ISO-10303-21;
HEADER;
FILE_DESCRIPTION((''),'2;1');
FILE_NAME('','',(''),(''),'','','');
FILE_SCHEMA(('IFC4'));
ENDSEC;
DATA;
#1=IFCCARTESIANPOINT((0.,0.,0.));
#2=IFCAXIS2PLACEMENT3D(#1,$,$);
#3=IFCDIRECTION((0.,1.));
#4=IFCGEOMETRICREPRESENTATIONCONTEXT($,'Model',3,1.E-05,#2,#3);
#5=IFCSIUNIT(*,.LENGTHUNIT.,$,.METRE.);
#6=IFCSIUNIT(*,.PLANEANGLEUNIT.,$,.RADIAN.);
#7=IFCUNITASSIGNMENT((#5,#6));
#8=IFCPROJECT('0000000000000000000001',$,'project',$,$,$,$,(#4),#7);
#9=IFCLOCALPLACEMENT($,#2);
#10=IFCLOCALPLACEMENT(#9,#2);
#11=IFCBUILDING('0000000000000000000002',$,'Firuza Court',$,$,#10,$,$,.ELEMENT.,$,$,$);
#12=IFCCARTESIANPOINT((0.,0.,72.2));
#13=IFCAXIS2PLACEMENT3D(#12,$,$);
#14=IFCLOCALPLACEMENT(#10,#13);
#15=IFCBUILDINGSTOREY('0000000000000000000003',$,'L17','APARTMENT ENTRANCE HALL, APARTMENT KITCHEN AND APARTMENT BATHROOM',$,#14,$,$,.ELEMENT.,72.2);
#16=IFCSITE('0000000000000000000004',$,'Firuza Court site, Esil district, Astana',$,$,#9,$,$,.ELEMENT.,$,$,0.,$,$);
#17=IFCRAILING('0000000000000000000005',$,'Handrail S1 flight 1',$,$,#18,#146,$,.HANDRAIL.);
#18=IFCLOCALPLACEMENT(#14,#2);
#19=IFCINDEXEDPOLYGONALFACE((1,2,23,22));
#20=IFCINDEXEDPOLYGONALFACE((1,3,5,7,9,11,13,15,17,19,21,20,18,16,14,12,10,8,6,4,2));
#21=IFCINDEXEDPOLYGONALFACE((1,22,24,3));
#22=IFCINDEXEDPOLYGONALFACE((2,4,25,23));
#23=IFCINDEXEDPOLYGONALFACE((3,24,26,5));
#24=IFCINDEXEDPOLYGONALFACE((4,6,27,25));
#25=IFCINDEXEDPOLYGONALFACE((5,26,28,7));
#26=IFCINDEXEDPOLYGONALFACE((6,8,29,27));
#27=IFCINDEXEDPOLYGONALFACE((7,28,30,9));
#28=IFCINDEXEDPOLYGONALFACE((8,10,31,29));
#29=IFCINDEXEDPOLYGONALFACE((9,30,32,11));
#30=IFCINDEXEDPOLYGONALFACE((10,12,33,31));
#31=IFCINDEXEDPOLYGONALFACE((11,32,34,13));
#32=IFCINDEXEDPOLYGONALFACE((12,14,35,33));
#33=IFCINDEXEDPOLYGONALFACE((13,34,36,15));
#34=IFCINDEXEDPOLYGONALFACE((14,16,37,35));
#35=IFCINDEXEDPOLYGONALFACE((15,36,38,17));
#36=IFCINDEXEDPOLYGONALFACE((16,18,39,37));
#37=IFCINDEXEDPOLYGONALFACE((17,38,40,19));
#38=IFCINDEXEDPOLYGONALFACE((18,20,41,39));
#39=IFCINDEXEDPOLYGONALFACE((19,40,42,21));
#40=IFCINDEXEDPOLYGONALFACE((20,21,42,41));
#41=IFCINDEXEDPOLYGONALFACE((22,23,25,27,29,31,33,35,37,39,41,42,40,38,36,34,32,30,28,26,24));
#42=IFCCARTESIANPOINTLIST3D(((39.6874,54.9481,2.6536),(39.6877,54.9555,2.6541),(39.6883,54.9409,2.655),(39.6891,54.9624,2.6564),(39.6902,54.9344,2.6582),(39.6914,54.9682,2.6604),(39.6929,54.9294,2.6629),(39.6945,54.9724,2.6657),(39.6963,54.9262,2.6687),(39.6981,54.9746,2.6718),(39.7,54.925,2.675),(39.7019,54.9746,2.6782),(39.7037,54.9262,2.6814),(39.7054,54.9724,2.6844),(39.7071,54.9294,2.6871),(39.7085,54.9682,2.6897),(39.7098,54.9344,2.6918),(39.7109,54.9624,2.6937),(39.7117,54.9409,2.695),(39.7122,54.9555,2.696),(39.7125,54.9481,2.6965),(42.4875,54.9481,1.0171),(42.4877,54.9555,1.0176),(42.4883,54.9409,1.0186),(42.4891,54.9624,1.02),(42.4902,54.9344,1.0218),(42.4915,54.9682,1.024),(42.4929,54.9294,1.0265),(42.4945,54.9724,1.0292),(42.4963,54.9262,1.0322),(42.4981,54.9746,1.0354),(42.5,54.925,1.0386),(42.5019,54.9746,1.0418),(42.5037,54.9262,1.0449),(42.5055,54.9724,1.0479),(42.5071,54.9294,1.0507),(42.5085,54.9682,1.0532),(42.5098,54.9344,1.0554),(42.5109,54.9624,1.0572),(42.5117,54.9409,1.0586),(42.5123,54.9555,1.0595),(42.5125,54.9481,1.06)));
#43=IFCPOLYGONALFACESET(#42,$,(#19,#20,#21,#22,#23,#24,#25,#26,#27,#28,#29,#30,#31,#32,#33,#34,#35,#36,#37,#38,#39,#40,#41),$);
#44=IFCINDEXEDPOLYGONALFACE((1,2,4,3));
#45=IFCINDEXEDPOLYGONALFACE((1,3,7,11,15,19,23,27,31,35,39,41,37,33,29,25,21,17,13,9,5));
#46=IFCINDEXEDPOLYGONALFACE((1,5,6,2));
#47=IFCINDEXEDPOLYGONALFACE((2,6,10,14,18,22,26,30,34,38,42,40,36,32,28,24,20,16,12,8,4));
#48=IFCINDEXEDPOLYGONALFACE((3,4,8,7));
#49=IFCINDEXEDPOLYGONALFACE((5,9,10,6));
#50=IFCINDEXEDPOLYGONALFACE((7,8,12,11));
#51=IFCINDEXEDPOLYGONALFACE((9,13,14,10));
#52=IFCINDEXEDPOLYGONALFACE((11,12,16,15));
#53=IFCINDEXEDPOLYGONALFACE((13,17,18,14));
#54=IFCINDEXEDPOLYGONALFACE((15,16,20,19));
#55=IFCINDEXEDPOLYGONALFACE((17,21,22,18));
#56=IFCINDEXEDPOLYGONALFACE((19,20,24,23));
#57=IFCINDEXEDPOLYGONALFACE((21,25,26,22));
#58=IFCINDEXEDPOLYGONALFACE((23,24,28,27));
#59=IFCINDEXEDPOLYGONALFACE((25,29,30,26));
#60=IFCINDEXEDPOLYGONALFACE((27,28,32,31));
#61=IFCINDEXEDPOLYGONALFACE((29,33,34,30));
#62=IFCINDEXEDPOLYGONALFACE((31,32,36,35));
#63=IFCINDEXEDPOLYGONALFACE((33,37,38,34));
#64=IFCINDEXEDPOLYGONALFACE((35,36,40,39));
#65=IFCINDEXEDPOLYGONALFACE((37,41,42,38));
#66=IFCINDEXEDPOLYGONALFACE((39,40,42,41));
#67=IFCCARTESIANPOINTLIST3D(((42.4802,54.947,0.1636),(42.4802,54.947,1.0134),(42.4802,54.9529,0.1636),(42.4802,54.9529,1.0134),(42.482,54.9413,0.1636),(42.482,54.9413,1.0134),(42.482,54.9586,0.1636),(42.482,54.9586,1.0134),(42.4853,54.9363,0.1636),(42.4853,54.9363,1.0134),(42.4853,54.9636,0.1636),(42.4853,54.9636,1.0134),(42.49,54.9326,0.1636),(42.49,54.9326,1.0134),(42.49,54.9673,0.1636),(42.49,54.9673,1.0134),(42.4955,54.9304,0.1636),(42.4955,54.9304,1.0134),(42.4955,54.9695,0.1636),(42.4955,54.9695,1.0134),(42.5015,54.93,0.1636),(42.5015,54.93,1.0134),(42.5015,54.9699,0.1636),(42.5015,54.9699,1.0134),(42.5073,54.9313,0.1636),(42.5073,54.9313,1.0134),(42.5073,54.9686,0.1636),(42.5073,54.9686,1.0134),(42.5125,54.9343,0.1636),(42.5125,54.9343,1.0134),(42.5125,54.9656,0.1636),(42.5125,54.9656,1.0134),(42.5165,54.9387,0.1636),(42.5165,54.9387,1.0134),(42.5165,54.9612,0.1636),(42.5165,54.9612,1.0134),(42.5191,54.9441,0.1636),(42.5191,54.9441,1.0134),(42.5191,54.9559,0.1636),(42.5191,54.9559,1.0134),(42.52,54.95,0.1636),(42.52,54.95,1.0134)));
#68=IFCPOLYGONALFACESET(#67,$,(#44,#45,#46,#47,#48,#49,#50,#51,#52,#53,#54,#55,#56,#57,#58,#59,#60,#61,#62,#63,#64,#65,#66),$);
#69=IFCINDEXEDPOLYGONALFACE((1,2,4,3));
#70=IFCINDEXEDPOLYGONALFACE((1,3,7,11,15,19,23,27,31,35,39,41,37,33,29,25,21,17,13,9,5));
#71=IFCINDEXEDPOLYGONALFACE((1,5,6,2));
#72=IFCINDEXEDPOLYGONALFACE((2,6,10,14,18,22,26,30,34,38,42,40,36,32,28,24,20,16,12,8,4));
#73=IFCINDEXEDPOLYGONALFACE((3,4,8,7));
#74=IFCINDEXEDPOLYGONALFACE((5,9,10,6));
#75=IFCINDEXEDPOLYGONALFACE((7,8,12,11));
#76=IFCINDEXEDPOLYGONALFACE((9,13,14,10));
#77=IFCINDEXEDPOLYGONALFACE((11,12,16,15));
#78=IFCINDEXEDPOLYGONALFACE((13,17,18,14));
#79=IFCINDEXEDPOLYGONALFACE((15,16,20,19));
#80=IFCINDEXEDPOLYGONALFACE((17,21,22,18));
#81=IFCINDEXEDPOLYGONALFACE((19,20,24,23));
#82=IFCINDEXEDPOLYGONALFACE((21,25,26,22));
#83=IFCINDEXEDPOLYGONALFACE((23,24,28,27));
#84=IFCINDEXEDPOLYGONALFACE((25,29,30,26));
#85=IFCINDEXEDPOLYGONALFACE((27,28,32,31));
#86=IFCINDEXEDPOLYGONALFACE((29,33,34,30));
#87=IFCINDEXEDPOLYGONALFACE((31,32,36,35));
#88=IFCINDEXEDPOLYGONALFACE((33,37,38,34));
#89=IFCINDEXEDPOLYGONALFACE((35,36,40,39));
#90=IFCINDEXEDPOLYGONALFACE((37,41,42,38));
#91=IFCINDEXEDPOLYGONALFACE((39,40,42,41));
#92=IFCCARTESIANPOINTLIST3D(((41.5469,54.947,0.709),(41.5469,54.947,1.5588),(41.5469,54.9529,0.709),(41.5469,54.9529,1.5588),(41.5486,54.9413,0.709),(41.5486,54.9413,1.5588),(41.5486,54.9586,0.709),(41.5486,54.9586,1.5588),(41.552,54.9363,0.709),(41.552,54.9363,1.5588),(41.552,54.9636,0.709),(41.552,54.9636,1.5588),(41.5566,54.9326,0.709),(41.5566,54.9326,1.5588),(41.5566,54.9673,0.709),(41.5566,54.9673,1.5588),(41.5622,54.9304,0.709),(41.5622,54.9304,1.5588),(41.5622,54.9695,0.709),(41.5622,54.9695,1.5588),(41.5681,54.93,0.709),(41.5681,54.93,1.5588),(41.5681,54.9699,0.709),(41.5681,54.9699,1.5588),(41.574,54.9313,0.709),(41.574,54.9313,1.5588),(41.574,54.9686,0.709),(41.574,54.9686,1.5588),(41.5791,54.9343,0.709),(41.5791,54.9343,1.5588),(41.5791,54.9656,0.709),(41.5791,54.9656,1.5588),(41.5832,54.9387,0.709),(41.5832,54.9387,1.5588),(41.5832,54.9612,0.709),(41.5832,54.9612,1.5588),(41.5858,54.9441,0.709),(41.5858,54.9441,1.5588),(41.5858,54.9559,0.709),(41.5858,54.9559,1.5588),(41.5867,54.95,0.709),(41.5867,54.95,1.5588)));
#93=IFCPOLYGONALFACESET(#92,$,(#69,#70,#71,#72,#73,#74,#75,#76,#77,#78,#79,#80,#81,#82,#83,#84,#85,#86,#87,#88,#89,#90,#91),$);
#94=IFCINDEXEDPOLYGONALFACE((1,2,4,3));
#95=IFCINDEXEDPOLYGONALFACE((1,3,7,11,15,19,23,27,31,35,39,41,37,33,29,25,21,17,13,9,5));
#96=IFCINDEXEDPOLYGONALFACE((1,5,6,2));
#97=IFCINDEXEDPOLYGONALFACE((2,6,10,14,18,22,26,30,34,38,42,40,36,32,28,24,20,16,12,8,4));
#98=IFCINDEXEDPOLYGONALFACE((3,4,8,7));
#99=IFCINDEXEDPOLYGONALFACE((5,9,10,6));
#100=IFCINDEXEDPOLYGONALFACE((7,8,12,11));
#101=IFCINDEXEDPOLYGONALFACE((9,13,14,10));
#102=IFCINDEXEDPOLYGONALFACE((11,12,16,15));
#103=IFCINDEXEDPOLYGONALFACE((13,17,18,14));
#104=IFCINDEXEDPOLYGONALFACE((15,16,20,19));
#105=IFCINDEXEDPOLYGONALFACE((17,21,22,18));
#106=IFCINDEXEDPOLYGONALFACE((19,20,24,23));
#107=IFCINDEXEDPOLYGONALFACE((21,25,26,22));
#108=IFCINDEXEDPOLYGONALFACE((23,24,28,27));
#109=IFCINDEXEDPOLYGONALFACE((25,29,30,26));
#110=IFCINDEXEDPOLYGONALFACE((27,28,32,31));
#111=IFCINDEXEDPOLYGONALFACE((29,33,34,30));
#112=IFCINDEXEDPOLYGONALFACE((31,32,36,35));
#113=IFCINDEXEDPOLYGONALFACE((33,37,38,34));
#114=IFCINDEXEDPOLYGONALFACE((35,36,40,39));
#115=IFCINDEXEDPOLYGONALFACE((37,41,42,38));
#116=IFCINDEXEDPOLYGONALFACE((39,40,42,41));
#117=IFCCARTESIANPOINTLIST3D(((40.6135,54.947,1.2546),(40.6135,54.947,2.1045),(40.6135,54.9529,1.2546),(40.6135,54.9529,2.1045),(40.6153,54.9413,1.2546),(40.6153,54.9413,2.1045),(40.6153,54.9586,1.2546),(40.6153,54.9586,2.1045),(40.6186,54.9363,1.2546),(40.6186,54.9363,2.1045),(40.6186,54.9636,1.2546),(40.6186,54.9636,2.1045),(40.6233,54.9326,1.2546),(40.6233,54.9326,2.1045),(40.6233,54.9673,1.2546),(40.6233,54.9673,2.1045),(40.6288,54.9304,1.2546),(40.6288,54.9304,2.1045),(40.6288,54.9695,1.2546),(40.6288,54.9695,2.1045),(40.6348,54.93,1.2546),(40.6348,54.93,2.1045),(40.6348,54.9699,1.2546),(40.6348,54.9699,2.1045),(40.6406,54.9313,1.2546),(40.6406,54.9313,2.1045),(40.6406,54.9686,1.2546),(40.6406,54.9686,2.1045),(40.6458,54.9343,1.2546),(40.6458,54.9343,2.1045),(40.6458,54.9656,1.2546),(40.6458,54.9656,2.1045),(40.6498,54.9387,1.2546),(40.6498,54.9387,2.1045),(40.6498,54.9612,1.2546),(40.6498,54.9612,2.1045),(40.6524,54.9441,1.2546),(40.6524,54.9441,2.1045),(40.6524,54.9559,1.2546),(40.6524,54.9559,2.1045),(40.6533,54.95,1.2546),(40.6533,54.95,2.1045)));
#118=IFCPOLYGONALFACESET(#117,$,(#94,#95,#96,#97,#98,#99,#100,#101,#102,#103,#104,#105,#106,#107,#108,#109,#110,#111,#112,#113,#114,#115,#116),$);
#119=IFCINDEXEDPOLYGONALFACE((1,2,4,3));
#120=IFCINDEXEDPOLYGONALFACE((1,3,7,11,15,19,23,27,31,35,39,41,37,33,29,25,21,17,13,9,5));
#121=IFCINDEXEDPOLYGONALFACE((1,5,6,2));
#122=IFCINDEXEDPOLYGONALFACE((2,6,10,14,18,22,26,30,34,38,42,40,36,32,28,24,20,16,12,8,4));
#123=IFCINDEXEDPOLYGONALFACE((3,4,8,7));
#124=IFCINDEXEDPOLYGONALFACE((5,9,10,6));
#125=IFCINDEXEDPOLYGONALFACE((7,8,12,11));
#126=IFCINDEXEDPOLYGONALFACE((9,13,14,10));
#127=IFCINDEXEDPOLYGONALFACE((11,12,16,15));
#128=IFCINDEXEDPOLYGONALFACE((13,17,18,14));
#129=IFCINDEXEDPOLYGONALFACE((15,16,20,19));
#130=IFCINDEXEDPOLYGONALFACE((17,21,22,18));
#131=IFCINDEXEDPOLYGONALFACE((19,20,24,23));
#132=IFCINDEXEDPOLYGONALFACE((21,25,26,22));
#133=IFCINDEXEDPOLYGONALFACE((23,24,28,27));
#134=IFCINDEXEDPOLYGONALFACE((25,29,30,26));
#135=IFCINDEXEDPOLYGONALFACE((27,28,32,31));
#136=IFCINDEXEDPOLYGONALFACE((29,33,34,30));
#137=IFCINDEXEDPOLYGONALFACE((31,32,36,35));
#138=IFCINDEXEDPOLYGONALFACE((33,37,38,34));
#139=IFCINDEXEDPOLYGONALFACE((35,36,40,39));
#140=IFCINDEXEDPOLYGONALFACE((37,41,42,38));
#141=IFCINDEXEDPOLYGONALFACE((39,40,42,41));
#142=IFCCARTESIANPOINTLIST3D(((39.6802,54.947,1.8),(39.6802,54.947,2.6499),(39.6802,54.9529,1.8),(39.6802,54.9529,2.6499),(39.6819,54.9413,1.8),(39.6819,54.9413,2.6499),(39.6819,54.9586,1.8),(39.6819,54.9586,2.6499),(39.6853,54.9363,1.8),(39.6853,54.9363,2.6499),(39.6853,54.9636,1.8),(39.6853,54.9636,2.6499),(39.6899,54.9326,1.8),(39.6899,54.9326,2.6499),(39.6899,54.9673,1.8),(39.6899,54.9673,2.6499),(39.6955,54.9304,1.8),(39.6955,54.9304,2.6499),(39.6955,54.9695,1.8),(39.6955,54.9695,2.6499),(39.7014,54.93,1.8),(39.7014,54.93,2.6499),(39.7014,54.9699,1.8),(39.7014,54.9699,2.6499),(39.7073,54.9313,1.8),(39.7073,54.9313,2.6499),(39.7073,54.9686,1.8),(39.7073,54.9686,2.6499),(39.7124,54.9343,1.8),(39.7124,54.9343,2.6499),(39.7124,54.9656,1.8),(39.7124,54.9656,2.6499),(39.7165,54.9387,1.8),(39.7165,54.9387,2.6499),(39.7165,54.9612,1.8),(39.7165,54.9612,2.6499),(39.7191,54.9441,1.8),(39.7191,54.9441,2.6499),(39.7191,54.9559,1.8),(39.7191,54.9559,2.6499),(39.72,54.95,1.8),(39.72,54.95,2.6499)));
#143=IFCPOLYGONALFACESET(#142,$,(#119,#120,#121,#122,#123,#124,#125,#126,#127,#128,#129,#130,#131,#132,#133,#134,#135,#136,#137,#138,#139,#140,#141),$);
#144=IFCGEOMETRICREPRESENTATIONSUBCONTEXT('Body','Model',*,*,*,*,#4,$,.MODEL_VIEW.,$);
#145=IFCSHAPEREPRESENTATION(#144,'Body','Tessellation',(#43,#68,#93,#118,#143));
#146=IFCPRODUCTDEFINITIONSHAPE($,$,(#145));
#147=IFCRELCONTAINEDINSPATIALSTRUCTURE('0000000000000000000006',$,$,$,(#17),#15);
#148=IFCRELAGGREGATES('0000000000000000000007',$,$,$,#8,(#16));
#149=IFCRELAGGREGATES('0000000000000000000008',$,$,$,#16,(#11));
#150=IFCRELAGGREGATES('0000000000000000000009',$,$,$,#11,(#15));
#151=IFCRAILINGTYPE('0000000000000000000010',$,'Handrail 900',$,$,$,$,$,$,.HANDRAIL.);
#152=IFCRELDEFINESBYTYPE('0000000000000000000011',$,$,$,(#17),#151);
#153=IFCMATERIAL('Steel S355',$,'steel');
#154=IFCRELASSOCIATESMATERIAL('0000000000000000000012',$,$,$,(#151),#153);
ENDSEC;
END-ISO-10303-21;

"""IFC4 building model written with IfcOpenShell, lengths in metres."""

from ifc_helpers import new_model, si_unit, direction, frame, origin, origin_2d, place, context, subcontext, project, spatial, circle, extrude, material, type_object, element, save


model = new_model("IFC4")

# Units and contexts
model_context = context("Model", 3, precision=1e-05, world=origin(), true_north=direction((0.0, 1.0)))
body_context = subcontext(model_context, "Body", "Model", "MODEL_VIEW")
ifc_project = project(units=[si_unit("LENGTHUNIT", "METRE"), si_unit("PLANEANGLEUNIT", "RADIAN")], contexts=[model_context])

# Site, building, storey
site_placement = place(None, origin())
site = spatial("IfcSite", under=ifc_project, at=site_placement, Name="Firuza Court site, Esil district, Astana", CompositionType="ELEMENT", RefElevation=0.0)
building_placement = place(site_placement, origin())
building = spatial("IfcBuilding", under=site, at=building_placement, Name="Firuza Court", CompositionType="ELEMENT")
storey_placement = place(building_placement, frame((0.0, 0.0, 72.2)))
storey = spatial("IfcBuildingStorey", under=building, at=storey_placement, Name="L17", Description="APARTMENT ENTRANCE HALL, APARTMENT KITCHEN AND APARTMENT BATHROOM", CompositionType="ELEMENT", Elevation=72.2)

# Railing
ifc_material_1 = material(Name="Steel S355", Category="steel")
railing_type_1 = type_object("IfcRailingType", Name="Handrail 900", PredefinedType="HANDRAIL", material=ifc_material_1)
railing_1_placement = place(storey_placement, frame((42.5, 54.95, 0.1636)))
element("IfcRailing", 1, at=railing_1_placement, inside=storey, type_object=railing_type_1, Name="Handrail S1 flight 1", PredefinedType="HANDRAIL", context=body_context, shape_type="SweptSolid", body=[
    extrude(circle(Radius=0.0249, at=origin_2d()), frame((0.0, 0.0, 0.875), z_axis=(-0.863361, 0.0, 0.504587), x_axis=(0.0, -1.0, 0.0)), (0.0, 0.0, 1.0), 3.2432),
    extrude(circle(Radius=0.02, at=origin_2d()), origin(), (0.0, 0.0, 1.0), 0.8499),
    extrude(circle(Radius=0.02, at=origin_2d()), frame((-0.9333, 0.0, 0.5454)), (0.0, 0.0, 1.0), 0.8499),
    extrude(circle(Radius=0.02, at=origin_2d()), frame((-1.8667, 0.0, 1.0911)), (0.0, 0.0, 1.0), 0.8499),
    extrude(circle(Radius=0.02, at=origin_2d()), frame((-2.8, 0.0, 1.6365)), (0.0, 0.0, 1.0), 0.8499),
])

save(model, "model.ifc")
